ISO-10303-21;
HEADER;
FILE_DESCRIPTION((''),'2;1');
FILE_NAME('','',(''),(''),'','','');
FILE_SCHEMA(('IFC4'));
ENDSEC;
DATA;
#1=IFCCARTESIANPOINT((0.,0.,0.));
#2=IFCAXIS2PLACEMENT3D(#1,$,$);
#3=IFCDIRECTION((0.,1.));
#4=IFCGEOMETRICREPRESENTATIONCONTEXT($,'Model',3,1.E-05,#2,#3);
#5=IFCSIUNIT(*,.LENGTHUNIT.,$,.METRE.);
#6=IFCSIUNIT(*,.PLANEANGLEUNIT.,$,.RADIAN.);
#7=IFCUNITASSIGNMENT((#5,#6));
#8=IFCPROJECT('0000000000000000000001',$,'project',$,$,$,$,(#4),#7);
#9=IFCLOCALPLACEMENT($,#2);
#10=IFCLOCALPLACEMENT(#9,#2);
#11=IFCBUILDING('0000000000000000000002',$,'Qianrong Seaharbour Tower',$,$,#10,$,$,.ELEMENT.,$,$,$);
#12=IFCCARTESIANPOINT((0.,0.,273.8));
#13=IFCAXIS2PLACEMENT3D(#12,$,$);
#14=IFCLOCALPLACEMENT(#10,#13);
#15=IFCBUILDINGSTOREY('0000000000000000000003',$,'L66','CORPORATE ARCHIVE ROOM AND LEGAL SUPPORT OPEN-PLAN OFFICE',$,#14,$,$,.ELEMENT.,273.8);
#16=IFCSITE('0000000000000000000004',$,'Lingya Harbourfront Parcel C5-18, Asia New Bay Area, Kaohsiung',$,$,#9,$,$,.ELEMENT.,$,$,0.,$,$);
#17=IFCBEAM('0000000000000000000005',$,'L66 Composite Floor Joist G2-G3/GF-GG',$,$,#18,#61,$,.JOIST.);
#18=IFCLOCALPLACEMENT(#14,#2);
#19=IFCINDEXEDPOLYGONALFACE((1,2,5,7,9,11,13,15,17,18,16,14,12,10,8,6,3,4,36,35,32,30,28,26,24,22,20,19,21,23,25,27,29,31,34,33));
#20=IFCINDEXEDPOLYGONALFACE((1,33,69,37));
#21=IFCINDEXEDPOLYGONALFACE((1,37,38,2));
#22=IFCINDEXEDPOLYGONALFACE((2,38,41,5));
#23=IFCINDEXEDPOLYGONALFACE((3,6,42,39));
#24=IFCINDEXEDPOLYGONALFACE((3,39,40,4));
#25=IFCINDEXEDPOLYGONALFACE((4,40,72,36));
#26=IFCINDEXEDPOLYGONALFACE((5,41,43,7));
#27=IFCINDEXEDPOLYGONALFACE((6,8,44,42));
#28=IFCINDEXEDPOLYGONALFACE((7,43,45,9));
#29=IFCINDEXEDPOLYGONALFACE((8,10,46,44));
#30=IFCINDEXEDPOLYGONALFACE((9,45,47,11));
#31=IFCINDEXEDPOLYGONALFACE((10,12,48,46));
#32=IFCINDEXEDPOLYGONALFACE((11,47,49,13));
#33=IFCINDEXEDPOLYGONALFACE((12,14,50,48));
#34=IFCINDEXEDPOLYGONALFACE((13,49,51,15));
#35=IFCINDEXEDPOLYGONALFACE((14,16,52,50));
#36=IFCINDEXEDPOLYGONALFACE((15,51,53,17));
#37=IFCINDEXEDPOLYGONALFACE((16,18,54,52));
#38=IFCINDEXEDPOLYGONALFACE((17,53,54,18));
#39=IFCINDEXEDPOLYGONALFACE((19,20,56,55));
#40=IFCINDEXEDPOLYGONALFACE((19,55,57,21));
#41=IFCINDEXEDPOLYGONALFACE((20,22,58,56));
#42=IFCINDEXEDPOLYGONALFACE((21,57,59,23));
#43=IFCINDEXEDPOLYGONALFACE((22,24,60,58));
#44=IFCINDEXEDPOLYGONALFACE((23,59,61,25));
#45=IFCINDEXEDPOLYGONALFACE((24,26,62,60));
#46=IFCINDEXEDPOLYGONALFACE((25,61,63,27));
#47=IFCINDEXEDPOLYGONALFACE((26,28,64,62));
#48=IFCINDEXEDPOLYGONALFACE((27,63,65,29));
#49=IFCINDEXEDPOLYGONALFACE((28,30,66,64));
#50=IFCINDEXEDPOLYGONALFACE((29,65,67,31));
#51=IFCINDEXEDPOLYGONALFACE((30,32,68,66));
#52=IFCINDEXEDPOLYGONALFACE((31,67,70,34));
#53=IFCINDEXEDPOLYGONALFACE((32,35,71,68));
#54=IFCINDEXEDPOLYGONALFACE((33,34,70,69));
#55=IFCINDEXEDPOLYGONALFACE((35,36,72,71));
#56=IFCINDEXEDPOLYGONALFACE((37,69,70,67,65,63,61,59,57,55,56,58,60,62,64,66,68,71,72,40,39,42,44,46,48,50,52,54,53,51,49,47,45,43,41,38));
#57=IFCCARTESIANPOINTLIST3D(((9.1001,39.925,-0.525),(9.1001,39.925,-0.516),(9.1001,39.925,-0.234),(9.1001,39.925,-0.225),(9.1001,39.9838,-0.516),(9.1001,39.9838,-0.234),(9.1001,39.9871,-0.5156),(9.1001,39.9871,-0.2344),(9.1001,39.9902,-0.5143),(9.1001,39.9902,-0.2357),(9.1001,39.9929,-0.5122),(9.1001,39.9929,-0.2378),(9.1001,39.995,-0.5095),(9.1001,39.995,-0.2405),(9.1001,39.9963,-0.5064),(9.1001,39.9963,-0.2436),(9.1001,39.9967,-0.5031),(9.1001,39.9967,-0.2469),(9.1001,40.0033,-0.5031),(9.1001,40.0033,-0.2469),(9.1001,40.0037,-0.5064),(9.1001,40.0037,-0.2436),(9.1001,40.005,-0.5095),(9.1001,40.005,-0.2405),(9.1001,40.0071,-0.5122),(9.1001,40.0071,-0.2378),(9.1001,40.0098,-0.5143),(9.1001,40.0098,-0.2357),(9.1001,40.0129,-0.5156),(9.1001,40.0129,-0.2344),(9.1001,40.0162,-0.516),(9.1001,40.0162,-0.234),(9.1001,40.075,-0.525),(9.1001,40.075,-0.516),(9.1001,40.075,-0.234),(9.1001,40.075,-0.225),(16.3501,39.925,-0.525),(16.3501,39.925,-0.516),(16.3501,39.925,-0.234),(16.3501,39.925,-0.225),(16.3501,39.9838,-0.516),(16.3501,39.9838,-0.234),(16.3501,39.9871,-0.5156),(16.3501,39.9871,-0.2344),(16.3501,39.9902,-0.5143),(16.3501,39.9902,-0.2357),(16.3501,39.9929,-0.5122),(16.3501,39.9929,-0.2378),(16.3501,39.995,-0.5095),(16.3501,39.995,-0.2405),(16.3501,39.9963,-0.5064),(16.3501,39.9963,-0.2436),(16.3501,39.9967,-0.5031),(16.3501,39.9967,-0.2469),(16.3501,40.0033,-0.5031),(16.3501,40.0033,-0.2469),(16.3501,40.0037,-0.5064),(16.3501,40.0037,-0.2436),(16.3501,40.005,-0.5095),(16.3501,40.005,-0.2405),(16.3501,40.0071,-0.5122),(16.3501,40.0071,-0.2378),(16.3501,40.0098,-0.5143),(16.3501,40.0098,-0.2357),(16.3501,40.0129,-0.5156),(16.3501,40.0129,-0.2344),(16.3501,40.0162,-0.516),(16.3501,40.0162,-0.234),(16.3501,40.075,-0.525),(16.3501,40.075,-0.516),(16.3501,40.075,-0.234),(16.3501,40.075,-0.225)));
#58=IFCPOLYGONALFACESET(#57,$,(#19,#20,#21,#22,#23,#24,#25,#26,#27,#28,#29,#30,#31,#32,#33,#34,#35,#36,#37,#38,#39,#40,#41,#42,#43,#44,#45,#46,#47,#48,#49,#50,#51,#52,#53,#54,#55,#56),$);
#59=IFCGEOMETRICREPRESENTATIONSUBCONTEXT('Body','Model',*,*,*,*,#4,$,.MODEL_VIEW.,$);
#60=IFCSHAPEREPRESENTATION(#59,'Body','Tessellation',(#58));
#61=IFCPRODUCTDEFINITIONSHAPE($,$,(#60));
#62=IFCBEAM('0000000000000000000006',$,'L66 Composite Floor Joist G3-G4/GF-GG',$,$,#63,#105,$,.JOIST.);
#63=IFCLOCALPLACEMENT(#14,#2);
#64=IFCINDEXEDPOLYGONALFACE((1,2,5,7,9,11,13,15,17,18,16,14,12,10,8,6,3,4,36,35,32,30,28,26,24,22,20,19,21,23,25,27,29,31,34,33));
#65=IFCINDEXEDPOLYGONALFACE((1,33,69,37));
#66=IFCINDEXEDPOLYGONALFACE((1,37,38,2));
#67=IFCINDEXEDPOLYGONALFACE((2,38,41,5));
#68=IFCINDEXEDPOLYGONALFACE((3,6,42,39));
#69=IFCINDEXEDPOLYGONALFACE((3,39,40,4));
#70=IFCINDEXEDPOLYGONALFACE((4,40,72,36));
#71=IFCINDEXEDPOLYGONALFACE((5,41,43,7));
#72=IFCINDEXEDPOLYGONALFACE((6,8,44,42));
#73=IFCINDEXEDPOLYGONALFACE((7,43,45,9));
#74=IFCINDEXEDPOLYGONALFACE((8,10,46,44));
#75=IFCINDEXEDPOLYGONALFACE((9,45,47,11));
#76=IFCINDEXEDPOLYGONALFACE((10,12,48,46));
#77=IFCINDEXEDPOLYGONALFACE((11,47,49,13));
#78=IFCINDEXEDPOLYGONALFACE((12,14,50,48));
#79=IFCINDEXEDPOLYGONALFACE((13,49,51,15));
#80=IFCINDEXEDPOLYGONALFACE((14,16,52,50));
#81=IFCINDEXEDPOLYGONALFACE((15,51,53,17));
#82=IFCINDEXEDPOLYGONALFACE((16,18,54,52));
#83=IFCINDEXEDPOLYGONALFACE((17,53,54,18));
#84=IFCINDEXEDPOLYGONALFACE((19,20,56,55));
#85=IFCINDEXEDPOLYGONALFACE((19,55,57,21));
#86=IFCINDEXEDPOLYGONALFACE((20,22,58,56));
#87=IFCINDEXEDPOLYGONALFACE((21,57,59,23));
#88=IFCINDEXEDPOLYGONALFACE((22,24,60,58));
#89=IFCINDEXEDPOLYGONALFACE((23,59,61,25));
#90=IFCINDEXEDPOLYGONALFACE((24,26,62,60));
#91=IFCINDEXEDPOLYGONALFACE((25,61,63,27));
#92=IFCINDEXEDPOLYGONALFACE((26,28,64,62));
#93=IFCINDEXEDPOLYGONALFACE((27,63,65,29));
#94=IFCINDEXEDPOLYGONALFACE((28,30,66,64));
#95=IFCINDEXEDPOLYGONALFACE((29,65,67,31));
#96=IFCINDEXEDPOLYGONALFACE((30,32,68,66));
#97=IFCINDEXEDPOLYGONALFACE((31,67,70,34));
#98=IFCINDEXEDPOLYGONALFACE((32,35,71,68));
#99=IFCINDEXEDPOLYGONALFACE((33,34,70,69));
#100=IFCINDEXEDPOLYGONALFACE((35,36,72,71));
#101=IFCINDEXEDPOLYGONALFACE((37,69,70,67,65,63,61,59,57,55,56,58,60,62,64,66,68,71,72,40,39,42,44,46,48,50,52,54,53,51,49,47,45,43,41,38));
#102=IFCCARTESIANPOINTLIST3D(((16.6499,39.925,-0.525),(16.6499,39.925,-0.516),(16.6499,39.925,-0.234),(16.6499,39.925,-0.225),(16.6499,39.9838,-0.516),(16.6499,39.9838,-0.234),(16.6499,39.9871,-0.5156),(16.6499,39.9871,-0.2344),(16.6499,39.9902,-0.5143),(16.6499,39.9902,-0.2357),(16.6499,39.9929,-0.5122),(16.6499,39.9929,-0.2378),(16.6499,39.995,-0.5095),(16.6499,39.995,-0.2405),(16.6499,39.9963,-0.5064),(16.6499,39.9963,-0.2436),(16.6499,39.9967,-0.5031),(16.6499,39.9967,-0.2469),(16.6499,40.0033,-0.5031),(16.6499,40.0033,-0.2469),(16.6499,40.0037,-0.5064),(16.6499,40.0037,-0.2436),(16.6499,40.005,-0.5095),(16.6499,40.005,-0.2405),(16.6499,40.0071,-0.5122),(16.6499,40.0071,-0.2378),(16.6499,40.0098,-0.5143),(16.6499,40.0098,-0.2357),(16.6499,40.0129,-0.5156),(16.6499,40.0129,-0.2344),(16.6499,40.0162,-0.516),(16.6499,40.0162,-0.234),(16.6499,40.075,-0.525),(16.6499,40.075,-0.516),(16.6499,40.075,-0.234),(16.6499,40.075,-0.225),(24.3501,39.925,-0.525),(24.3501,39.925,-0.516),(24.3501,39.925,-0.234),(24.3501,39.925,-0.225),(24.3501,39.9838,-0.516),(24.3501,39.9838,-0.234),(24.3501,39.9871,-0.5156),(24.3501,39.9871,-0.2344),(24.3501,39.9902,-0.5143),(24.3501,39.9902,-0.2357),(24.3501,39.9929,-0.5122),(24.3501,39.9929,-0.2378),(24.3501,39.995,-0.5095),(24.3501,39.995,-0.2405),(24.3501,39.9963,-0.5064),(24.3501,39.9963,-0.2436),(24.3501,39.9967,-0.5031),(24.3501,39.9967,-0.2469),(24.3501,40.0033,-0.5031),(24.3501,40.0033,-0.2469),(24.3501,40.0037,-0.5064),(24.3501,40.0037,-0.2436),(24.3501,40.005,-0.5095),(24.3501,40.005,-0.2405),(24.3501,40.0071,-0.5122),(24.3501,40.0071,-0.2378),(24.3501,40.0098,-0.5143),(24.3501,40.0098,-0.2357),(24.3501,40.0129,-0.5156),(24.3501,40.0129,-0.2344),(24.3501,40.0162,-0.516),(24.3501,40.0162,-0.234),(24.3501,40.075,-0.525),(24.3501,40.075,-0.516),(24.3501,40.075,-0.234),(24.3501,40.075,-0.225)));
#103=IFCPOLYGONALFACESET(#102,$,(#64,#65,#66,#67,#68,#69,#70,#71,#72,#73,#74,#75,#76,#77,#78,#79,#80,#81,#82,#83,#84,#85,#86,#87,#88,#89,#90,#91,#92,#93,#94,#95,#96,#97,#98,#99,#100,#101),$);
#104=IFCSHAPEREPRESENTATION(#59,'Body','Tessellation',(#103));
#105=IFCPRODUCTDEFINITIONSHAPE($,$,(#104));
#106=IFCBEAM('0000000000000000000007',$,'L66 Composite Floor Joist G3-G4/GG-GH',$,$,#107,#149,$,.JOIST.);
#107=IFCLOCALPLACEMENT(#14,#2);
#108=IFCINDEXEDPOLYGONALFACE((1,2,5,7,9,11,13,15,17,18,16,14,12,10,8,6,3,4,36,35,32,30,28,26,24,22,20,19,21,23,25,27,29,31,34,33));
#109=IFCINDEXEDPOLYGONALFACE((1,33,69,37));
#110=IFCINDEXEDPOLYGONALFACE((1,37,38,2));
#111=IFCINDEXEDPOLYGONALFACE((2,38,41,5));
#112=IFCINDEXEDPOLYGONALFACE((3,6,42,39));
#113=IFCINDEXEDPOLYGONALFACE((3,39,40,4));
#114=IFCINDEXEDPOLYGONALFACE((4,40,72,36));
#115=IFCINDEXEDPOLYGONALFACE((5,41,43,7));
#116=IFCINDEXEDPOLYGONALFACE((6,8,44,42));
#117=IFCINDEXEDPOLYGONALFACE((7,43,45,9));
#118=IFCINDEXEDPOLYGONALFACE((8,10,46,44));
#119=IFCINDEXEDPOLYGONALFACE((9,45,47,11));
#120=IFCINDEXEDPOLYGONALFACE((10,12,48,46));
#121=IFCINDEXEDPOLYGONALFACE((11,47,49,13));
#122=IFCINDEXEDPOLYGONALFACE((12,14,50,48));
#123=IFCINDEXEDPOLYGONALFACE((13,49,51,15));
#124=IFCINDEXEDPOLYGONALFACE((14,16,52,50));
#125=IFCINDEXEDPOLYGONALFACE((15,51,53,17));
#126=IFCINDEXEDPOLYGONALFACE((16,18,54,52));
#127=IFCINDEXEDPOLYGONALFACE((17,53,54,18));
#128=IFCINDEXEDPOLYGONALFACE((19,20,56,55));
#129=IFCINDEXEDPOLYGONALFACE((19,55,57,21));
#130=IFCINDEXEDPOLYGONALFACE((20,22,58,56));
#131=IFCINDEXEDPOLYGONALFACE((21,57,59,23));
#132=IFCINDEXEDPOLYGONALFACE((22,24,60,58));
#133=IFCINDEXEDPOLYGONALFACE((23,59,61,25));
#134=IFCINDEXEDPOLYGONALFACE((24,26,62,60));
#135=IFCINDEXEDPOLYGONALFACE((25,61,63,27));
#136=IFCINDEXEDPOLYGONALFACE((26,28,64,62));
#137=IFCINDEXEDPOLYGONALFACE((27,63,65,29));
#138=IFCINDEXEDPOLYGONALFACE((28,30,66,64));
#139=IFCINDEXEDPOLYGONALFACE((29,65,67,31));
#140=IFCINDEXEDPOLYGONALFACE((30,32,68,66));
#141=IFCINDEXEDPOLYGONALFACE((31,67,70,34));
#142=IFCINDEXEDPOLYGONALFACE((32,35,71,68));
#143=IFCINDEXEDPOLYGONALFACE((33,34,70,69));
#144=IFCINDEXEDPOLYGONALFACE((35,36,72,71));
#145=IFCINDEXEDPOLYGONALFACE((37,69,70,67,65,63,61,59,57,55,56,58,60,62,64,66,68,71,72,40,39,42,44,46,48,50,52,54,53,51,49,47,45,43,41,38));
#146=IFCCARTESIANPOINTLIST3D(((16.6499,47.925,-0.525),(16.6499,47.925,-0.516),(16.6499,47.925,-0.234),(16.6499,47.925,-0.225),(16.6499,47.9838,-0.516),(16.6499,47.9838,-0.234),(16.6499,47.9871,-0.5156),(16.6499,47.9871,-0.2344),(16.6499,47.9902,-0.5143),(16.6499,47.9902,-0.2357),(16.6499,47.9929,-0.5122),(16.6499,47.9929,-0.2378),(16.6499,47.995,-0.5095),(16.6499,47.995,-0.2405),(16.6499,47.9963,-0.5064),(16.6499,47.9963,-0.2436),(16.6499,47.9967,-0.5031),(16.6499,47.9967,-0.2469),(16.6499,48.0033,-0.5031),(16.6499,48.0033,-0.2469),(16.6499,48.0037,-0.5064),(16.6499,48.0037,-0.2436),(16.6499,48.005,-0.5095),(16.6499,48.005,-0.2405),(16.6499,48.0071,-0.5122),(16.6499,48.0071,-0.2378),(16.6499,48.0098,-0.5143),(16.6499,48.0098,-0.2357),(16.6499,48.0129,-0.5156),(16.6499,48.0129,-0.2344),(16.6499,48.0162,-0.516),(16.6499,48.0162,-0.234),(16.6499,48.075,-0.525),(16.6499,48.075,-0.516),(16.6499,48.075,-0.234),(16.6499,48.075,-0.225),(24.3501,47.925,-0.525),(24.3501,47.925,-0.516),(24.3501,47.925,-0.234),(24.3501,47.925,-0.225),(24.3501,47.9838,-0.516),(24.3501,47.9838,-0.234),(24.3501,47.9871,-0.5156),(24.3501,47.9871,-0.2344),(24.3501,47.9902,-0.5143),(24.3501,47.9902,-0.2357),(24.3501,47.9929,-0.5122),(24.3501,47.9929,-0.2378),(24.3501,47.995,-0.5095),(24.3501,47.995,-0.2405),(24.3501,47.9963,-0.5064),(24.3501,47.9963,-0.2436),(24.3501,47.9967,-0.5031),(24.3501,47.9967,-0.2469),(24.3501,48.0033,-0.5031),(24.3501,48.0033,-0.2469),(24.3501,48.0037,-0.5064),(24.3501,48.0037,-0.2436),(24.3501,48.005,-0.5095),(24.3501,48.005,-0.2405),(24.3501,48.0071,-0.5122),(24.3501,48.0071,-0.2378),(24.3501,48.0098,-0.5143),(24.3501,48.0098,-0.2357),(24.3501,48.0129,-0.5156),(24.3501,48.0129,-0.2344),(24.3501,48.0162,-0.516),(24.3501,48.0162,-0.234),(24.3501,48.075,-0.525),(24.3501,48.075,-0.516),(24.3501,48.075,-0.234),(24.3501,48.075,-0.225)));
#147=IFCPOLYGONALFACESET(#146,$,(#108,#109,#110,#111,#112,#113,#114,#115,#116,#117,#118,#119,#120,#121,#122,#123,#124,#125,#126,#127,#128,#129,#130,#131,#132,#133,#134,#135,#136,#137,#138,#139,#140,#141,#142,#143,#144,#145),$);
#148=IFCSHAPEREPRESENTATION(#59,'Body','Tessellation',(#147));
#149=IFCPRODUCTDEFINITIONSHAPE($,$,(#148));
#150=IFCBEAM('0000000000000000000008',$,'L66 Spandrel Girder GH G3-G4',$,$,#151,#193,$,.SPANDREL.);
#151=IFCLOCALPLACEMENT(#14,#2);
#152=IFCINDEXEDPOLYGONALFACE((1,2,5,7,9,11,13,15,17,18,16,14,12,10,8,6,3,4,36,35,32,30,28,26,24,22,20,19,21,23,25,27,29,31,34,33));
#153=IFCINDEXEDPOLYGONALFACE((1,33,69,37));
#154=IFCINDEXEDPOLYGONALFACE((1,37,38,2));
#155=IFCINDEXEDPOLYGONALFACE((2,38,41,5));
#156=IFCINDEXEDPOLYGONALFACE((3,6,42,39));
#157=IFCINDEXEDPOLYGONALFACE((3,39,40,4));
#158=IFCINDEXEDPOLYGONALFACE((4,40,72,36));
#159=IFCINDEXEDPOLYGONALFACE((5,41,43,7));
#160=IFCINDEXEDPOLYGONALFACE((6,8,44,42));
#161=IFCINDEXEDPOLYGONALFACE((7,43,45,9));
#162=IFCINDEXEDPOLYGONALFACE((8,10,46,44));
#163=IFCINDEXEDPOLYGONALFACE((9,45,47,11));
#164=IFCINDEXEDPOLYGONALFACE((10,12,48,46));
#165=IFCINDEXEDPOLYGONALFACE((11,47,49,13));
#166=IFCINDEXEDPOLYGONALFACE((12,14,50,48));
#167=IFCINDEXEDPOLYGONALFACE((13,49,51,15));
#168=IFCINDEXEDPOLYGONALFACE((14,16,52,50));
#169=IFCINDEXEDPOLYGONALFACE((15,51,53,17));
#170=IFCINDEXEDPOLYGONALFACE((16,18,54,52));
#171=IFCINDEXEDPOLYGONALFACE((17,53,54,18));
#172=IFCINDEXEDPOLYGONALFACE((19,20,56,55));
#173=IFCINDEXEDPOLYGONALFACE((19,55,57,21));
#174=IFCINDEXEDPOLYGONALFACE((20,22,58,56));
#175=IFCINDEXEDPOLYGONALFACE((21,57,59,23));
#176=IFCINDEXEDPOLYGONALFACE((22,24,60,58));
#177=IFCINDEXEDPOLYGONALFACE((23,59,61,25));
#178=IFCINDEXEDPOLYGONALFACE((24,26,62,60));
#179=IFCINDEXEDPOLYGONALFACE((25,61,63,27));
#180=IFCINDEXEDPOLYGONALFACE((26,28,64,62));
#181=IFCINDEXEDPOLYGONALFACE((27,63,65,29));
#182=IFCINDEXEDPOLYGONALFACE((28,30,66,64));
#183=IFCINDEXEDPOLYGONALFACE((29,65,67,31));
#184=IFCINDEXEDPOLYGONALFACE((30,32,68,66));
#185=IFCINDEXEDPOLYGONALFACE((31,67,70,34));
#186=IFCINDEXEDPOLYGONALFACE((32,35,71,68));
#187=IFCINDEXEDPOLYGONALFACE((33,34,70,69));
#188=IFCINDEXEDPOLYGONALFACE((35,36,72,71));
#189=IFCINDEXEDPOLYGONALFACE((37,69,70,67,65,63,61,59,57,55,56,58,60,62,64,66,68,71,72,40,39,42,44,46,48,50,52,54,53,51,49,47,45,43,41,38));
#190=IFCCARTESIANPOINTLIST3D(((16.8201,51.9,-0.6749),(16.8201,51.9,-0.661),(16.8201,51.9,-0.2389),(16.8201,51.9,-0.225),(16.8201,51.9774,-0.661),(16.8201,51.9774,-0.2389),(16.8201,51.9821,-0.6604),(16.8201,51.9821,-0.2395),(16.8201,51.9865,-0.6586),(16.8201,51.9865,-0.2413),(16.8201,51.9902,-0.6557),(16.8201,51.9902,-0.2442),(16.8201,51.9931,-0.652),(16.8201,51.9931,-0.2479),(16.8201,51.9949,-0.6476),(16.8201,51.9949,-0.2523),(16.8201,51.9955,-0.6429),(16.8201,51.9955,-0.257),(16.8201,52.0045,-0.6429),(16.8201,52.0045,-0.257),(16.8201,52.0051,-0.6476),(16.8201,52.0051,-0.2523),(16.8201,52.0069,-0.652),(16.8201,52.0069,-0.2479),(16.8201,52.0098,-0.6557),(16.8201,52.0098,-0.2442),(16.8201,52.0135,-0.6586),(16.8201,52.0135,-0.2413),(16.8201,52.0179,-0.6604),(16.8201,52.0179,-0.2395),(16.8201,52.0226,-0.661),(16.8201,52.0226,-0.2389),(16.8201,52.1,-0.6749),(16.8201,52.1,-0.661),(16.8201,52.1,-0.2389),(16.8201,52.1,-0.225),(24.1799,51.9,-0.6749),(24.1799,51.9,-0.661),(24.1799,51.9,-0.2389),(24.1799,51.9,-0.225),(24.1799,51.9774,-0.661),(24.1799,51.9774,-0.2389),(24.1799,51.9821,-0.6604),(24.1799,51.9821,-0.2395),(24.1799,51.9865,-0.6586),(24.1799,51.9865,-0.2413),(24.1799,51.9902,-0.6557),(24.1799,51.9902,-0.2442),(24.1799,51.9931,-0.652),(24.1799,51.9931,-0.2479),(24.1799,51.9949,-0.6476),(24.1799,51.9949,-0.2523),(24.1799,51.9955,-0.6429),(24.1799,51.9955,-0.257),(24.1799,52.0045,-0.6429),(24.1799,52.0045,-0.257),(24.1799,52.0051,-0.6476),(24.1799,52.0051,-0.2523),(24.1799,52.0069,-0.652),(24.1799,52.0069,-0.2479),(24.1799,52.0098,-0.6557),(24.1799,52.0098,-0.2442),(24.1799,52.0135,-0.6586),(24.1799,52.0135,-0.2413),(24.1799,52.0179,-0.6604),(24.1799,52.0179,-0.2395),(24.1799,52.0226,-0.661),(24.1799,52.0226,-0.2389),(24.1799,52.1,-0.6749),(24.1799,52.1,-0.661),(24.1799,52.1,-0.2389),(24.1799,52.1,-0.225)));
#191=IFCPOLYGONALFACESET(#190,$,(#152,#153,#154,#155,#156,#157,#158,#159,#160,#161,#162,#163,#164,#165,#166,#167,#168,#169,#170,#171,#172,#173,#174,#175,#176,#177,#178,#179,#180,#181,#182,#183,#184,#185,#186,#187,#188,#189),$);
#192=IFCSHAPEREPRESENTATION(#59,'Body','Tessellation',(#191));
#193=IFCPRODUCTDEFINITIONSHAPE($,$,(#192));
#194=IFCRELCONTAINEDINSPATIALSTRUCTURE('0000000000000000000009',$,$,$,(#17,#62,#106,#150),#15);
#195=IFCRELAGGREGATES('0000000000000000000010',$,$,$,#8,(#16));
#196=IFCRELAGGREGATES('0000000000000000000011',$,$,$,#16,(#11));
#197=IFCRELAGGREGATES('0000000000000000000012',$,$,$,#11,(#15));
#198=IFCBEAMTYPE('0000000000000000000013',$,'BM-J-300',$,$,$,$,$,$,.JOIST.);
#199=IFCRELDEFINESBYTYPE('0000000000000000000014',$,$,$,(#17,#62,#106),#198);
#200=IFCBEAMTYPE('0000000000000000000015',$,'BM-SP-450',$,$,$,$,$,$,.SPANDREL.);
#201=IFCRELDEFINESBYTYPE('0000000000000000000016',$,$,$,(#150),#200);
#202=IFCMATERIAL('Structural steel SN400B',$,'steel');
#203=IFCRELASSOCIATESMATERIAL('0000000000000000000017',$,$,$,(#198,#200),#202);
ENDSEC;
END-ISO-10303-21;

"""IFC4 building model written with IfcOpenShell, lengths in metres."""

from ifc_helpers import new_model, si_unit, direction, frame, origin, origin_2d, place, context, subcontext, project, spatial, i_section, extrude, material, material_profile, profile_set, type_object, element, save


model = new_model("IFC4")

# Units and contexts
model_context = context("Model", 3, precision=1e-05, world=origin(), true_north=direction((0.0, 1.0)))
body_context = subcontext(model_context, "Body", "Model", "MODEL_VIEW")
ifc_project = project(units=[si_unit("LENGTHUNIT", "METRE"), si_unit("PLANEANGLEUNIT", "RADIAN")], contexts=[model_context])

# Site, building, storey
site_placement = place(None, origin())
site = spatial("IfcSite", under=ifc_project, at=site_placement, Name="Lingya Harbourfront Parcel C5-18, Asia New Bay Area, Kaohsiung", CompositionType="ELEMENT", RefElevation=0.0)
building_placement = place(site_placement, origin())
building = spatial("IfcBuilding", under=site, at=building_placement, Name="Qianrong Seaharbour Tower", CompositionType="ELEMENT")
storey_placement = place(building_placement, frame((0.0, 0.0, 273.8)))
storey = spatial("IfcBuildingStorey", under=building, at=storey_placement, Name="L66", Description="CORPORATE ARCHIVE ROOM AND LEGAL SUPPORT OPEN-PLAN OFFICE", CompositionType="ELEMENT", Elevation=273.8)

# Beams
ifc_material_1 = material(Name="Structural steel SN400B", Category="steel")
ifc_material_profile_1 = material_profile(ifc_material_1, i_section(OverallWidth=0.1499, OverallDepth=0.3, WebThickness=0.0066, FlangeThickness=0.009, FilletRadius=0.0129, at=origin_2d()), Name="H300x150x6.5x9")
ifc_profile_set_1 = profile_set([ifc_material_profile_1], Name="Structural steel SN400B")
beam_type_1 = type_object("IfcBeamType", Name="BM-J-300", PredefinedType="JOIST", material=ifc_profile_set_1)
beam_1_placement = place(storey_placement, frame((9.1001, 40.0, -0.375), z_axis=(1.0, 0.0, 0.0), x_axis=(0.0, 1.0, 0.0)))
element("IfcBeam", 1, at=beam_1_placement, inside=storey, type_object=beam_type_1, Name="L66 Composite Floor Joist G2-G3/GF-GG", PredefinedType="JOIST", context=body_context, shape_type="SweptSolid", body=[
    extrude(i_section(OverallWidth=0.1499, OverallDepth=0.3, WebThickness=0.0066, FlangeThickness=0.009, FilletRadius=0.0129, at=origin_2d()), origin(), (0.0, 0.0, 1.0), 7.25),
])
for number, where, z_axis, x_axis, name in (
    (2, (16.6499, 40.0, -0.375), (1.0, 0.0, 0.0), (0.0, 1.0, 0.0), "L66 Composite Floor Joist G3-G4/GF-GG"),
    (3, (16.6499, 48.0, -0.375), (1.0, 0.0, 0.0), (0.0, 1.0, 0.0), "L66 Composite Floor Joist G3-G4/GG-GH"),
):
    element("IfcBeam", number, at=place(storey_placement, frame(where, z_axis=z_axis, x_axis=x_axis)), inside=storey, type_object=beam_type_1, Name=name, PredefinedType="JOIST", context=body_context, shape_type="SweptSolid", body=[
        extrude(i_section(OverallWidth=0.1499, OverallDepth=0.3, WebThickness=0.0066, FlangeThickness=0.009, FilletRadius=0.0129, at=origin_2d()), origin(), (0.0, 0.0, 1.0), 7.7002),
    ])
ifc_material_profile_2 = material_profile(ifc_material_1, i_section(OverallWidth=0.2, OverallDepth=0.45, WebThickness=0.009, FlangeThickness=0.0139, FilletRadius=0.0181, at=origin_2d()), Name="H450x200x9x14")
ifc_profile_set_2 = profile_set([ifc_material_profile_2], Name="Structural steel SN400B")
beam_type_2 = type_object("IfcBeamType", Name="BM-SP-450", PredefinedType="SPANDREL", material=ifc_profile_set_2)
for number, where, z_axis, x_axis, name in (
    (4, (16.8201, 52.0, -0.45), (1.0, 0.0, 0.0), (0.0, 1.0, 0.0), "L66 Spandrel Girder GH G3-G4"),
):
    element("IfcBeam", number, at=place(storey_placement, frame(where, z_axis=z_axis, x_axis=x_axis)), inside=storey, type_object=beam_type_2, Name=name, PredefinedType="SPANDREL", context=body_context, shape_type="SweptSolid", body=[
        extrude(i_section(OverallWidth=0.2, OverallDepth=0.45, WebThickness=0.009, FlangeThickness=0.0139, FilletRadius=0.0181, at=origin_2d()), origin(), (0.0, 0.0, 1.0), 7.3599),
    ])

save(model, "model.ifc")
